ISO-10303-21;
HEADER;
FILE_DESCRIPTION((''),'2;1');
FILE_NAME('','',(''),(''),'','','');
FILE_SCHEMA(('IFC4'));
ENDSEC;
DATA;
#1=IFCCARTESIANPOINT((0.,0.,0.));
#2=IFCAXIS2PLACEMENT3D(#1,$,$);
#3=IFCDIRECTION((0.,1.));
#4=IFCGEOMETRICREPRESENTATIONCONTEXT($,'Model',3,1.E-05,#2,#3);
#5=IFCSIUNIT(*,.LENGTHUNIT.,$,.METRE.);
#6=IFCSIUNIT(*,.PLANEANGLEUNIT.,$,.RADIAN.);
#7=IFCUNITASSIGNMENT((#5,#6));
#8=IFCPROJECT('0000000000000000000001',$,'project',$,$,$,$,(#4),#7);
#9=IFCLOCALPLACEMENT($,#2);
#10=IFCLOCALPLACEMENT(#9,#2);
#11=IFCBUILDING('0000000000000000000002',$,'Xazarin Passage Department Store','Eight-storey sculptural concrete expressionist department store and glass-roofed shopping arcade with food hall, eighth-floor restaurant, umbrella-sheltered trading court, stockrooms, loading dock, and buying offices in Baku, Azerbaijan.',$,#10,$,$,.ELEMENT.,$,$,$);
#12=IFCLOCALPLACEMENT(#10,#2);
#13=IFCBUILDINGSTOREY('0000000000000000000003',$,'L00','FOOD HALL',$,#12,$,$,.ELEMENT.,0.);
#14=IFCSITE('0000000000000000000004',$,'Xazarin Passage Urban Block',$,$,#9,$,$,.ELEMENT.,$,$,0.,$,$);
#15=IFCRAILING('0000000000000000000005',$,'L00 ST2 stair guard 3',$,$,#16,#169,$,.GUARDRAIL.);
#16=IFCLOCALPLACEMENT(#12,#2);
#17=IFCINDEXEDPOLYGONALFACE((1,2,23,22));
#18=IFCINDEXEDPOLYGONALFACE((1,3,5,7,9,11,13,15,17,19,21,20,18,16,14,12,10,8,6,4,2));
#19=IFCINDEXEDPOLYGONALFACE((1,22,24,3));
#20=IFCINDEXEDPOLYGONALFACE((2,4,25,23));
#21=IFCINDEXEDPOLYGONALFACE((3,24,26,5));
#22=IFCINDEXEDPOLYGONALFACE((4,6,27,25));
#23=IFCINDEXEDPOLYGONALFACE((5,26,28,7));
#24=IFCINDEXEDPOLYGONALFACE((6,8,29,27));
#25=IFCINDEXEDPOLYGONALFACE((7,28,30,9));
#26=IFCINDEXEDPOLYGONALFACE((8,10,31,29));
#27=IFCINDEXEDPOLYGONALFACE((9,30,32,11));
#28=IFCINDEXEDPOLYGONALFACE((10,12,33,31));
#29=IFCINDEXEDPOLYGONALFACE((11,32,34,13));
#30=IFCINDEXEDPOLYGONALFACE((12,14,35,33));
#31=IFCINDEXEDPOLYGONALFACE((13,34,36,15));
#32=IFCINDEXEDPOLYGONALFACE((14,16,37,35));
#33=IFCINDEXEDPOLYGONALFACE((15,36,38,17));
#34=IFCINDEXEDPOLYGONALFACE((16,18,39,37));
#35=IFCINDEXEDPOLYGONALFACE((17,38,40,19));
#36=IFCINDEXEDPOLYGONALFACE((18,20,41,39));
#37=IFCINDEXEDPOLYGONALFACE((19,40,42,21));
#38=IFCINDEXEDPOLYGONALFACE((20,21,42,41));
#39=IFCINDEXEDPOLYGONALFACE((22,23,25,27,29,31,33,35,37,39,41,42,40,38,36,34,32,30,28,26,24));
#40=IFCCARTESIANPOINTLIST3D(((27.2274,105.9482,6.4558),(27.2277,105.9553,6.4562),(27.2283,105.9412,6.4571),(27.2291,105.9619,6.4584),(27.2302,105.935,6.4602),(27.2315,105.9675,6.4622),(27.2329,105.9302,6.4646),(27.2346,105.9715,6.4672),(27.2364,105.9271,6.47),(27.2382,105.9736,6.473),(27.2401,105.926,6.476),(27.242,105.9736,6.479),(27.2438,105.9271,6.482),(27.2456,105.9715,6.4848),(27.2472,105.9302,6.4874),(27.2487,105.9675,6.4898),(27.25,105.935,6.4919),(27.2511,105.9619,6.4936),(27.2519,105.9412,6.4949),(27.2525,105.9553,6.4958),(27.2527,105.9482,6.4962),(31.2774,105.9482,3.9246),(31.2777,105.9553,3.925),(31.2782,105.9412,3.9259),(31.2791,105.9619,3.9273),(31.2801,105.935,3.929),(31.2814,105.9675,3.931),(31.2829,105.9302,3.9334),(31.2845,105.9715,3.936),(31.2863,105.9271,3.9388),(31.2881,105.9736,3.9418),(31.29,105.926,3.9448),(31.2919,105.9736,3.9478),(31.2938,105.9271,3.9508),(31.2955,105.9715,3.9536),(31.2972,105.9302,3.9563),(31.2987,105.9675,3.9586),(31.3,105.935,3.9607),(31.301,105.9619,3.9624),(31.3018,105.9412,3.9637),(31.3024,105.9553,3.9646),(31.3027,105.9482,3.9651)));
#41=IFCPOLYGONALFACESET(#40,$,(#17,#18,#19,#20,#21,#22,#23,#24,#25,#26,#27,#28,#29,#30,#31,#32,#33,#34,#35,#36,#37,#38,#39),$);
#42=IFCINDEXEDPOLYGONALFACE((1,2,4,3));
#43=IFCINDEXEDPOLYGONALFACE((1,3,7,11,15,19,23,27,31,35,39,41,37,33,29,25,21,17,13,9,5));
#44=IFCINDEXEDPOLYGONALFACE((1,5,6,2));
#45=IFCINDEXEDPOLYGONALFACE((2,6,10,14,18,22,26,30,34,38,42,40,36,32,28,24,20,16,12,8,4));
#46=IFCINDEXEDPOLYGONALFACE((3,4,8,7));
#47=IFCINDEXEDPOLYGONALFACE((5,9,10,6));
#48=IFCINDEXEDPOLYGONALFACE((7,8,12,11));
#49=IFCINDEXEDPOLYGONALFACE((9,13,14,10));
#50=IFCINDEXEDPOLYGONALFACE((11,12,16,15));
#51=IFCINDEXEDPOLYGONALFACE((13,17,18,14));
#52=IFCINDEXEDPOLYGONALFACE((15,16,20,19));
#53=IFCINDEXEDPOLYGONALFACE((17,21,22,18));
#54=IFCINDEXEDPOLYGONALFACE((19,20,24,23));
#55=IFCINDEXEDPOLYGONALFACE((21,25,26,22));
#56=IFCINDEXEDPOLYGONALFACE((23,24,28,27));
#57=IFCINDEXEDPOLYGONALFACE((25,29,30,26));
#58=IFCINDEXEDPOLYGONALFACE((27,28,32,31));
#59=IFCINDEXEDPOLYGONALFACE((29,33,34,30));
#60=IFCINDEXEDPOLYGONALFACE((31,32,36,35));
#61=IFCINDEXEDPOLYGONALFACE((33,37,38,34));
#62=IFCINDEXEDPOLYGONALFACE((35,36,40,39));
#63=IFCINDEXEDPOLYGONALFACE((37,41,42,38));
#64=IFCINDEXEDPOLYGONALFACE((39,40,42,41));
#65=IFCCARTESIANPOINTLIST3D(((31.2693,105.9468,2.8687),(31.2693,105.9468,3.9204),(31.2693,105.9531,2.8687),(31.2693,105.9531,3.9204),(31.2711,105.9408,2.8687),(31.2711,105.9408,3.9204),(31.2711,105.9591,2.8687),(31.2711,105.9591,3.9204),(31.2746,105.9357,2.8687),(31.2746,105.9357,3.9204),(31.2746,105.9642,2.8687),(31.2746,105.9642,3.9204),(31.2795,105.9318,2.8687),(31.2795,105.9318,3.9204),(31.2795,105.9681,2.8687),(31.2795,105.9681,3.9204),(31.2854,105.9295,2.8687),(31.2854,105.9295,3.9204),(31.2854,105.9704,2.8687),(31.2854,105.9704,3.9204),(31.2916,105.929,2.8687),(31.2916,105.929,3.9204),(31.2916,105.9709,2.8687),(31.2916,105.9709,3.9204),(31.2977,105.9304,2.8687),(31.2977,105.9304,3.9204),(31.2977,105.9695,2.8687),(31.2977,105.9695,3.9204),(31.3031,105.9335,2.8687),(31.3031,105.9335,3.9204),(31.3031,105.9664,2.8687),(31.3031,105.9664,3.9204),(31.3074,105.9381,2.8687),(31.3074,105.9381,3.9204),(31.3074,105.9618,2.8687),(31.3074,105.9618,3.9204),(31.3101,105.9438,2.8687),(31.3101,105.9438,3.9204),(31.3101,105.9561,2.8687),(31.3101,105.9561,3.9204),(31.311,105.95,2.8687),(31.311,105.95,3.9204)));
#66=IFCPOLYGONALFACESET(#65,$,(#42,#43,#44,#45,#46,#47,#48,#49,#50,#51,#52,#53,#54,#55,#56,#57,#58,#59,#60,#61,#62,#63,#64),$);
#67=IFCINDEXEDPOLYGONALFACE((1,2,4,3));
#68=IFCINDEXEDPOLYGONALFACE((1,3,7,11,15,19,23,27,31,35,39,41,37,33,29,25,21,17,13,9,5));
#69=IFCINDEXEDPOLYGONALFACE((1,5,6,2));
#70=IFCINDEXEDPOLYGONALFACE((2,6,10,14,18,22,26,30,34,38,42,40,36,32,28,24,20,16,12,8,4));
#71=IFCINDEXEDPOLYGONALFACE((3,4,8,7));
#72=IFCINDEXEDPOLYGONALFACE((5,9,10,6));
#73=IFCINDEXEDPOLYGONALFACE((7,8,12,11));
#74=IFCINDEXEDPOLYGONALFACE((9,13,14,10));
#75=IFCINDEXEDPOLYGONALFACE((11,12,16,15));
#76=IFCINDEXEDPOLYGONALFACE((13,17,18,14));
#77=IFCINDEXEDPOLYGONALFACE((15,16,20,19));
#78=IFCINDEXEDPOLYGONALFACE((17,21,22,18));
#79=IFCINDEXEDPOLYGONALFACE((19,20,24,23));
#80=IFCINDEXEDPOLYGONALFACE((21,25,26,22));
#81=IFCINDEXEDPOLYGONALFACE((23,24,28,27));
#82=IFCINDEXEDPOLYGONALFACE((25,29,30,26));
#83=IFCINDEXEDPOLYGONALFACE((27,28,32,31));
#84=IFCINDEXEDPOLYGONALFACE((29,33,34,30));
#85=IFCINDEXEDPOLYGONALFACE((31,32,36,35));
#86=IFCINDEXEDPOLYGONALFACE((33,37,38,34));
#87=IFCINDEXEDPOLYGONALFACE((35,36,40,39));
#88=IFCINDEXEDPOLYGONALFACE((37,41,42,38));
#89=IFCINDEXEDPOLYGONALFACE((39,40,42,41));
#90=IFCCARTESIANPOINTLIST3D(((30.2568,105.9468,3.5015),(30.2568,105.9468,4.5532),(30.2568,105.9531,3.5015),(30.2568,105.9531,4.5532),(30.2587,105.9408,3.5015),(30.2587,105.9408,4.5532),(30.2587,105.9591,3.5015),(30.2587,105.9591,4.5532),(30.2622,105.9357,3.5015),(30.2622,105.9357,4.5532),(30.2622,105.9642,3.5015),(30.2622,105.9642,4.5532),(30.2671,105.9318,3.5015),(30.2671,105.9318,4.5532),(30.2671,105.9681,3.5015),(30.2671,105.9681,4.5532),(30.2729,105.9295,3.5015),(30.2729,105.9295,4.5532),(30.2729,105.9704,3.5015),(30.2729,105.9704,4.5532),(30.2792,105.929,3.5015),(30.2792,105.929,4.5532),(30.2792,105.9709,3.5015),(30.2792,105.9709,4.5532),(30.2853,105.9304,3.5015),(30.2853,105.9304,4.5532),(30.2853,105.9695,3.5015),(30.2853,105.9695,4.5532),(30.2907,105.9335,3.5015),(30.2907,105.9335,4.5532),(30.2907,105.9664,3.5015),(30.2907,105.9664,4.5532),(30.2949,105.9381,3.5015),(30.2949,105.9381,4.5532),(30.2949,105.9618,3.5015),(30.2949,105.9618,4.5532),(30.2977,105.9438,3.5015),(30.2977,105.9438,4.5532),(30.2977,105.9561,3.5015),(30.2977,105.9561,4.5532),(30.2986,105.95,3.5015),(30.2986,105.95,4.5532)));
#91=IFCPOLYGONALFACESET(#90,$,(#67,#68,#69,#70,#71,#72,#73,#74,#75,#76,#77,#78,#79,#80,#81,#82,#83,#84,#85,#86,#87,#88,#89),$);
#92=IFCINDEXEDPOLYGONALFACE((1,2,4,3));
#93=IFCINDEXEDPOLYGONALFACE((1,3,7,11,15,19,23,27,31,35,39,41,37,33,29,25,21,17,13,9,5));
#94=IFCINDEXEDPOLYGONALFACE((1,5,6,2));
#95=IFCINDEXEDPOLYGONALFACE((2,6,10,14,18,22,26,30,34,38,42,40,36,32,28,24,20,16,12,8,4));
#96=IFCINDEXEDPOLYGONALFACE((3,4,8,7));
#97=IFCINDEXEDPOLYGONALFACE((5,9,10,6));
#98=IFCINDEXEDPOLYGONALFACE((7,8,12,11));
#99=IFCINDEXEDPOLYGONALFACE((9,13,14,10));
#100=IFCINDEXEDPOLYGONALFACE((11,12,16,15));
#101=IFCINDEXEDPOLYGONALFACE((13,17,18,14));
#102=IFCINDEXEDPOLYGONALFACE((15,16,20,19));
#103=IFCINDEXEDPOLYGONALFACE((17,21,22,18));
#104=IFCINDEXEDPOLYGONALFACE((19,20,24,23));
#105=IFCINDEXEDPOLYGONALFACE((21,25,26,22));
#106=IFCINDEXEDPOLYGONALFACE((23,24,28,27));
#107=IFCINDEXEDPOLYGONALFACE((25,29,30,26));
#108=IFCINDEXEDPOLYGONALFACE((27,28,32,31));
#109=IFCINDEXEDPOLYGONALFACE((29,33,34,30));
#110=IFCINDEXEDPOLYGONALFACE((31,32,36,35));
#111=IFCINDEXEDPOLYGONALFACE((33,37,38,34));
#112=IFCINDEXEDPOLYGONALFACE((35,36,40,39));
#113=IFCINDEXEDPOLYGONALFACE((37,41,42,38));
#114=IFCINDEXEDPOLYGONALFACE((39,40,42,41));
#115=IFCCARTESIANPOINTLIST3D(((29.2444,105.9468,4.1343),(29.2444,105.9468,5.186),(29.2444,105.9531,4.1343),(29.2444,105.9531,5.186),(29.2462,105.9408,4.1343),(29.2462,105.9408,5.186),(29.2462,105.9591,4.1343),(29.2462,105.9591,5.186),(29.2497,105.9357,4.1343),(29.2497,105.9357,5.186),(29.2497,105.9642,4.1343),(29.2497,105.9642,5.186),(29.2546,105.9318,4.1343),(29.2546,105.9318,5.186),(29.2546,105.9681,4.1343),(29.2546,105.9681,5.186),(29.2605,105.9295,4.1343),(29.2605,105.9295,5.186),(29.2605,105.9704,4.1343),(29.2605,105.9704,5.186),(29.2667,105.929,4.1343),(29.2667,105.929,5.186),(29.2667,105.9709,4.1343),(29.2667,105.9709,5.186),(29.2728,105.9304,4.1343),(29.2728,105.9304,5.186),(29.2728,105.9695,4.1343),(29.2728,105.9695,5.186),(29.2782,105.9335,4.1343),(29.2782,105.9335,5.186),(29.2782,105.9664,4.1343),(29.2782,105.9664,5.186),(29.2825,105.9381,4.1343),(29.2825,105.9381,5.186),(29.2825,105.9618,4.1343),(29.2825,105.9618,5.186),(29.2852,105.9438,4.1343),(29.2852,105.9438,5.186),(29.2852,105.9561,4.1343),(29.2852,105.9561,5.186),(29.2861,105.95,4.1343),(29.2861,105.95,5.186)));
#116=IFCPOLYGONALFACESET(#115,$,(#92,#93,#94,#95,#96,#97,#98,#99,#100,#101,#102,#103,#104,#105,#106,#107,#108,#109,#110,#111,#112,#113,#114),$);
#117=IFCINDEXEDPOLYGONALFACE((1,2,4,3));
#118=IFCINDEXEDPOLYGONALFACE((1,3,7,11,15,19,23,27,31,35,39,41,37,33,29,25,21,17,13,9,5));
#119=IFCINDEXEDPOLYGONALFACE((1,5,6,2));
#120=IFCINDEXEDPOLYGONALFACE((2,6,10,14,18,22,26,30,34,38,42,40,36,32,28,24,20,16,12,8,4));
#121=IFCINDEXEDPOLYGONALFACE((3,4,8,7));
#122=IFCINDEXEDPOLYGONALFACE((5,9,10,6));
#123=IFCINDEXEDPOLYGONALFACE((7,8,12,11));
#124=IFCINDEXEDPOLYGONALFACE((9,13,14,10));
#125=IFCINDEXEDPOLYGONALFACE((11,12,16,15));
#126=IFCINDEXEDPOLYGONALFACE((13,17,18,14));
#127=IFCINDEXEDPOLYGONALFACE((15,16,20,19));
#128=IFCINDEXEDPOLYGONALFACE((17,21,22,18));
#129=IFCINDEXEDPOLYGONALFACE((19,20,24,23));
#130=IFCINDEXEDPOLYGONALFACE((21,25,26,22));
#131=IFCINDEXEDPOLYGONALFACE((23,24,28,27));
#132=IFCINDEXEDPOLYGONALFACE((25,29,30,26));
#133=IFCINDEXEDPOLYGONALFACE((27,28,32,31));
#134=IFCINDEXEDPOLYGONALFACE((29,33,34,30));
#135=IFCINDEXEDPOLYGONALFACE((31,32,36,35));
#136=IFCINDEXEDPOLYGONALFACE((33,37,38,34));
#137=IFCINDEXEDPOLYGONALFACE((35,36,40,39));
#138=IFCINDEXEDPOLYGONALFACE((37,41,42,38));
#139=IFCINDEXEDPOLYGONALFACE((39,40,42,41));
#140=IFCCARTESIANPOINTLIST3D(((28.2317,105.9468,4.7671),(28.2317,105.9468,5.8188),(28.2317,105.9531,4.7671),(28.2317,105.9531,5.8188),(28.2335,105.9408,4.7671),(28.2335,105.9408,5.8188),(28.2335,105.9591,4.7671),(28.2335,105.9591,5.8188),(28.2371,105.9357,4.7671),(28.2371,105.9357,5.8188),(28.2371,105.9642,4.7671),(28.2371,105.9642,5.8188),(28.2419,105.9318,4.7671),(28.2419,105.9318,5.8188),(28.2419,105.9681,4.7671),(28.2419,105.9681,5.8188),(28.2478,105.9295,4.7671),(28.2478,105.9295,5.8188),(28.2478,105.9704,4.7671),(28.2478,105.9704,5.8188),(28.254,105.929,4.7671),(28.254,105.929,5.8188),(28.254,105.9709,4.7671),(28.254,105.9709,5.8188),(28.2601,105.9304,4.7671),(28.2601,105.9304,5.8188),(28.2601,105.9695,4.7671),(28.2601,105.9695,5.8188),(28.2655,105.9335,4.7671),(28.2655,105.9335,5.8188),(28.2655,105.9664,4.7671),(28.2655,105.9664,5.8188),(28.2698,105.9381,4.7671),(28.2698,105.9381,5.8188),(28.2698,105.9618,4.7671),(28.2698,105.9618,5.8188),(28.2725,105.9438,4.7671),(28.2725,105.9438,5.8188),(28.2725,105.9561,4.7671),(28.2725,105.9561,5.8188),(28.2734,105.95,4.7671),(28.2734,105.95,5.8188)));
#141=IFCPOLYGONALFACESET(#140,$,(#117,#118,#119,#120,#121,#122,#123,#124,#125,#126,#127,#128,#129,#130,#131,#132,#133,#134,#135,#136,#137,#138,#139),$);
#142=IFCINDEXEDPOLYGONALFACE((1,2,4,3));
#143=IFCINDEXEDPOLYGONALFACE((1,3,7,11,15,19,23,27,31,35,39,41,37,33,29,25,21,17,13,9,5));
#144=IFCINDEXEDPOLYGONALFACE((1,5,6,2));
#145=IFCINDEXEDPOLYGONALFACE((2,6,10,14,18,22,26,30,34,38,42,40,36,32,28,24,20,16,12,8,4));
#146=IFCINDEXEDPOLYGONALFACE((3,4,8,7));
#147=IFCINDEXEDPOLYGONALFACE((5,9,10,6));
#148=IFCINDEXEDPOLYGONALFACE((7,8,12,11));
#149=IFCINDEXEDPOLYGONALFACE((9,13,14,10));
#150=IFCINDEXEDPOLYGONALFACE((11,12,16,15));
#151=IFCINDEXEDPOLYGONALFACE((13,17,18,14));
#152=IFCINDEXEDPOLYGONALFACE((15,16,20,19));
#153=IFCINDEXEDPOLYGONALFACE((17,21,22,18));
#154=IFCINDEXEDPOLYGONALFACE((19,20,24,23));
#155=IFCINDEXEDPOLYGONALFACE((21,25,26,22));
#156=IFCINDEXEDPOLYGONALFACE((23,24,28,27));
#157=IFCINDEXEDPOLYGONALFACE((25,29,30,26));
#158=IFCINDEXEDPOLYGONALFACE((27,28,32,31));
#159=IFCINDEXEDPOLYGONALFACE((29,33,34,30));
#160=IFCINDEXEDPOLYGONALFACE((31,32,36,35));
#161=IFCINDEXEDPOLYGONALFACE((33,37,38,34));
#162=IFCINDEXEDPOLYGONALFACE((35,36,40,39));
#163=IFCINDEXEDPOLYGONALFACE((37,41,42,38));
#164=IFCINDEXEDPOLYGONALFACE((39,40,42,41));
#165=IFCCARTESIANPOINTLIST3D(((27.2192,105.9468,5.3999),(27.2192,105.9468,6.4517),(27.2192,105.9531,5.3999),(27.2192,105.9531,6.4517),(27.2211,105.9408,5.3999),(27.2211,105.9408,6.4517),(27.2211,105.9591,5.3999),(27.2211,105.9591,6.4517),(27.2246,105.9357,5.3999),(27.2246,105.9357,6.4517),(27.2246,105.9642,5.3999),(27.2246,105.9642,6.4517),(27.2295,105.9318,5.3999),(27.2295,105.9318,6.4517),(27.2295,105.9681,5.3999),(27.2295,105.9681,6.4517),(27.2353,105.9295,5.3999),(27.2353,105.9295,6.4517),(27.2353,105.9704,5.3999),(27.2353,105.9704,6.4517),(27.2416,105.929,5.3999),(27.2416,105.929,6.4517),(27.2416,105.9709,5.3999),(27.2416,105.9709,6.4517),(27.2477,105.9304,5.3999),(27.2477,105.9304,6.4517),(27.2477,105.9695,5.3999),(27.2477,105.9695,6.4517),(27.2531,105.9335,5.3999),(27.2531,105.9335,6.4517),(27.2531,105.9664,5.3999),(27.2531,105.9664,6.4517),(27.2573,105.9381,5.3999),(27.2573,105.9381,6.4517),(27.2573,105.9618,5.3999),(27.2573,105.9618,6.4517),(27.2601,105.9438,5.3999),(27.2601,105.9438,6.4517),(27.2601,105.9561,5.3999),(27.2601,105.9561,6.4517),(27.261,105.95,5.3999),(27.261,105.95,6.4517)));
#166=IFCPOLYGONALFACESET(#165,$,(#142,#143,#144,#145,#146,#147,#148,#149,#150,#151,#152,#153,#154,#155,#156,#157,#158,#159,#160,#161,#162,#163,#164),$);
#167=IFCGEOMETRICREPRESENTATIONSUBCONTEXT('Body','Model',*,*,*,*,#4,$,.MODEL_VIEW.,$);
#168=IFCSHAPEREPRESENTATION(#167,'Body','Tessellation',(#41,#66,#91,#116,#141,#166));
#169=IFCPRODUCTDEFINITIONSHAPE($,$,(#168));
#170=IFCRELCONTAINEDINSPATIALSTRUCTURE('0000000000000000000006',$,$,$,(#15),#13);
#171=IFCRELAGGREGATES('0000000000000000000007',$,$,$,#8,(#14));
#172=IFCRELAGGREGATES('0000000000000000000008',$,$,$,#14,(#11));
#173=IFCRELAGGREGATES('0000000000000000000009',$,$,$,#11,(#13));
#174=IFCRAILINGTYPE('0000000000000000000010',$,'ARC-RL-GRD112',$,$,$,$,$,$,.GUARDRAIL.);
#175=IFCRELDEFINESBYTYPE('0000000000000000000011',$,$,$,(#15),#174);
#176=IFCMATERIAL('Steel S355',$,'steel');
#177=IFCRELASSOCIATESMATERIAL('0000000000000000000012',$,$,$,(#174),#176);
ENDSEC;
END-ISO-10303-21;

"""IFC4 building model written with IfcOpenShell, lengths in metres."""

from ifc_helpers import new_model, si_unit, direction, frame, origin, origin_2d, place, context, subcontext, project, spatial, circle, extrude, material, type_object, element, save


model = new_model("IFC4")

# Units and contexts
model_context = context("Model", 3, precision=1e-05, world=origin(), true_north=direction((0.0, 1.0)))
body_context = subcontext(model_context, "Body", "Model", "MODEL_VIEW")
ifc_project = project(units=[si_unit("LENGTHUNIT", "METRE"), si_unit("PLANEANGLEUNIT", "RADIAN")], contexts=[model_context])

# Site, building, storey
site_placement = place(None, origin())
site = spatial("IfcSite", under=ifc_project, at=site_placement, Name="Xazarin Passage Urban Block", CompositionType="ELEMENT", RefElevation=0.0)
building_placement = place(site_placement, origin())
building = spatial("IfcBuilding", under=site, at=building_placement, Name="Xazarin Passage Department Store", Description="Eight-storey sculptural concrete expressionist department store and glass-roofed shopping arcade with food hall, eighth-floor restaurant, umbrella-sheltered trading court, stockrooms, loading dock, and buying offices in Baku, Azerbaijan.", CompositionType="ELEMENT")
storey_placement = place(building_placement, origin())
storey = spatial("IfcBuildingStorey", under=building, at=storey_placement, Name="L00", Description="FOOD HALL", CompositionType="ELEMENT", Elevation=0.0)

# Railing
ifc_material_1 = material(Name="Steel S355", Category="steel")
railing_type_1 = type_object("IfcRailingType", Name="ARC-RL-GRD112", PredefinedType="GUARDRAIL", material=ifc_material_1)
railing_1_placement = place(storey_placement, frame((31.29, 105.95, 2.8687)))
element("IfcRailing", 1, at=railing_1_placement, inside=storey, type_object=railing_type_1, Name="L00 ST2 stair guard 3", PredefinedType="GUARDRAIL", context=body_context, shape_type="SweptSolid", body=[
    extrude(circle(Radius=0.0239, at=origin_2d()), frame((0.0, 0.0, 1.0762), z_axis=(-0.848001, 0.0, 0.529994), x_axis=(0.0, -1.0, 0.0)), (0.0, 0.0, 1.0), 4.7759),
    extrude(circle(Radius=0.021, at=origin_2d()), origin(), (0.0, 0.0, 1.0), 1.0518),
    extrude(circle(Radius=0.021, at=origin_2d()), frame((-1.0125, 0.0, 0.6328)), (0.0, 0.0, 1.0), 1.0518),
    extrude(circle(Radius=0.021, at=origin_2d()), frame((-2.0249, 0.0, 1.2656)), (0.0, 0.0, 1.0), 1.0518),
    extrude(circle(Radius=0.021, at=origin_2d()), frame((-3.0376, 0.0, 1.8984)), (0.0, 0.0, 1.0), 1.0518),
    extrude(circle(Radius=0.021, at=origin_2d()), frame((-4.05, 0.0, 2.5312)), (0.0, 0.0, 1.0), 1.0518),
])

save(model, "model.ifc")
